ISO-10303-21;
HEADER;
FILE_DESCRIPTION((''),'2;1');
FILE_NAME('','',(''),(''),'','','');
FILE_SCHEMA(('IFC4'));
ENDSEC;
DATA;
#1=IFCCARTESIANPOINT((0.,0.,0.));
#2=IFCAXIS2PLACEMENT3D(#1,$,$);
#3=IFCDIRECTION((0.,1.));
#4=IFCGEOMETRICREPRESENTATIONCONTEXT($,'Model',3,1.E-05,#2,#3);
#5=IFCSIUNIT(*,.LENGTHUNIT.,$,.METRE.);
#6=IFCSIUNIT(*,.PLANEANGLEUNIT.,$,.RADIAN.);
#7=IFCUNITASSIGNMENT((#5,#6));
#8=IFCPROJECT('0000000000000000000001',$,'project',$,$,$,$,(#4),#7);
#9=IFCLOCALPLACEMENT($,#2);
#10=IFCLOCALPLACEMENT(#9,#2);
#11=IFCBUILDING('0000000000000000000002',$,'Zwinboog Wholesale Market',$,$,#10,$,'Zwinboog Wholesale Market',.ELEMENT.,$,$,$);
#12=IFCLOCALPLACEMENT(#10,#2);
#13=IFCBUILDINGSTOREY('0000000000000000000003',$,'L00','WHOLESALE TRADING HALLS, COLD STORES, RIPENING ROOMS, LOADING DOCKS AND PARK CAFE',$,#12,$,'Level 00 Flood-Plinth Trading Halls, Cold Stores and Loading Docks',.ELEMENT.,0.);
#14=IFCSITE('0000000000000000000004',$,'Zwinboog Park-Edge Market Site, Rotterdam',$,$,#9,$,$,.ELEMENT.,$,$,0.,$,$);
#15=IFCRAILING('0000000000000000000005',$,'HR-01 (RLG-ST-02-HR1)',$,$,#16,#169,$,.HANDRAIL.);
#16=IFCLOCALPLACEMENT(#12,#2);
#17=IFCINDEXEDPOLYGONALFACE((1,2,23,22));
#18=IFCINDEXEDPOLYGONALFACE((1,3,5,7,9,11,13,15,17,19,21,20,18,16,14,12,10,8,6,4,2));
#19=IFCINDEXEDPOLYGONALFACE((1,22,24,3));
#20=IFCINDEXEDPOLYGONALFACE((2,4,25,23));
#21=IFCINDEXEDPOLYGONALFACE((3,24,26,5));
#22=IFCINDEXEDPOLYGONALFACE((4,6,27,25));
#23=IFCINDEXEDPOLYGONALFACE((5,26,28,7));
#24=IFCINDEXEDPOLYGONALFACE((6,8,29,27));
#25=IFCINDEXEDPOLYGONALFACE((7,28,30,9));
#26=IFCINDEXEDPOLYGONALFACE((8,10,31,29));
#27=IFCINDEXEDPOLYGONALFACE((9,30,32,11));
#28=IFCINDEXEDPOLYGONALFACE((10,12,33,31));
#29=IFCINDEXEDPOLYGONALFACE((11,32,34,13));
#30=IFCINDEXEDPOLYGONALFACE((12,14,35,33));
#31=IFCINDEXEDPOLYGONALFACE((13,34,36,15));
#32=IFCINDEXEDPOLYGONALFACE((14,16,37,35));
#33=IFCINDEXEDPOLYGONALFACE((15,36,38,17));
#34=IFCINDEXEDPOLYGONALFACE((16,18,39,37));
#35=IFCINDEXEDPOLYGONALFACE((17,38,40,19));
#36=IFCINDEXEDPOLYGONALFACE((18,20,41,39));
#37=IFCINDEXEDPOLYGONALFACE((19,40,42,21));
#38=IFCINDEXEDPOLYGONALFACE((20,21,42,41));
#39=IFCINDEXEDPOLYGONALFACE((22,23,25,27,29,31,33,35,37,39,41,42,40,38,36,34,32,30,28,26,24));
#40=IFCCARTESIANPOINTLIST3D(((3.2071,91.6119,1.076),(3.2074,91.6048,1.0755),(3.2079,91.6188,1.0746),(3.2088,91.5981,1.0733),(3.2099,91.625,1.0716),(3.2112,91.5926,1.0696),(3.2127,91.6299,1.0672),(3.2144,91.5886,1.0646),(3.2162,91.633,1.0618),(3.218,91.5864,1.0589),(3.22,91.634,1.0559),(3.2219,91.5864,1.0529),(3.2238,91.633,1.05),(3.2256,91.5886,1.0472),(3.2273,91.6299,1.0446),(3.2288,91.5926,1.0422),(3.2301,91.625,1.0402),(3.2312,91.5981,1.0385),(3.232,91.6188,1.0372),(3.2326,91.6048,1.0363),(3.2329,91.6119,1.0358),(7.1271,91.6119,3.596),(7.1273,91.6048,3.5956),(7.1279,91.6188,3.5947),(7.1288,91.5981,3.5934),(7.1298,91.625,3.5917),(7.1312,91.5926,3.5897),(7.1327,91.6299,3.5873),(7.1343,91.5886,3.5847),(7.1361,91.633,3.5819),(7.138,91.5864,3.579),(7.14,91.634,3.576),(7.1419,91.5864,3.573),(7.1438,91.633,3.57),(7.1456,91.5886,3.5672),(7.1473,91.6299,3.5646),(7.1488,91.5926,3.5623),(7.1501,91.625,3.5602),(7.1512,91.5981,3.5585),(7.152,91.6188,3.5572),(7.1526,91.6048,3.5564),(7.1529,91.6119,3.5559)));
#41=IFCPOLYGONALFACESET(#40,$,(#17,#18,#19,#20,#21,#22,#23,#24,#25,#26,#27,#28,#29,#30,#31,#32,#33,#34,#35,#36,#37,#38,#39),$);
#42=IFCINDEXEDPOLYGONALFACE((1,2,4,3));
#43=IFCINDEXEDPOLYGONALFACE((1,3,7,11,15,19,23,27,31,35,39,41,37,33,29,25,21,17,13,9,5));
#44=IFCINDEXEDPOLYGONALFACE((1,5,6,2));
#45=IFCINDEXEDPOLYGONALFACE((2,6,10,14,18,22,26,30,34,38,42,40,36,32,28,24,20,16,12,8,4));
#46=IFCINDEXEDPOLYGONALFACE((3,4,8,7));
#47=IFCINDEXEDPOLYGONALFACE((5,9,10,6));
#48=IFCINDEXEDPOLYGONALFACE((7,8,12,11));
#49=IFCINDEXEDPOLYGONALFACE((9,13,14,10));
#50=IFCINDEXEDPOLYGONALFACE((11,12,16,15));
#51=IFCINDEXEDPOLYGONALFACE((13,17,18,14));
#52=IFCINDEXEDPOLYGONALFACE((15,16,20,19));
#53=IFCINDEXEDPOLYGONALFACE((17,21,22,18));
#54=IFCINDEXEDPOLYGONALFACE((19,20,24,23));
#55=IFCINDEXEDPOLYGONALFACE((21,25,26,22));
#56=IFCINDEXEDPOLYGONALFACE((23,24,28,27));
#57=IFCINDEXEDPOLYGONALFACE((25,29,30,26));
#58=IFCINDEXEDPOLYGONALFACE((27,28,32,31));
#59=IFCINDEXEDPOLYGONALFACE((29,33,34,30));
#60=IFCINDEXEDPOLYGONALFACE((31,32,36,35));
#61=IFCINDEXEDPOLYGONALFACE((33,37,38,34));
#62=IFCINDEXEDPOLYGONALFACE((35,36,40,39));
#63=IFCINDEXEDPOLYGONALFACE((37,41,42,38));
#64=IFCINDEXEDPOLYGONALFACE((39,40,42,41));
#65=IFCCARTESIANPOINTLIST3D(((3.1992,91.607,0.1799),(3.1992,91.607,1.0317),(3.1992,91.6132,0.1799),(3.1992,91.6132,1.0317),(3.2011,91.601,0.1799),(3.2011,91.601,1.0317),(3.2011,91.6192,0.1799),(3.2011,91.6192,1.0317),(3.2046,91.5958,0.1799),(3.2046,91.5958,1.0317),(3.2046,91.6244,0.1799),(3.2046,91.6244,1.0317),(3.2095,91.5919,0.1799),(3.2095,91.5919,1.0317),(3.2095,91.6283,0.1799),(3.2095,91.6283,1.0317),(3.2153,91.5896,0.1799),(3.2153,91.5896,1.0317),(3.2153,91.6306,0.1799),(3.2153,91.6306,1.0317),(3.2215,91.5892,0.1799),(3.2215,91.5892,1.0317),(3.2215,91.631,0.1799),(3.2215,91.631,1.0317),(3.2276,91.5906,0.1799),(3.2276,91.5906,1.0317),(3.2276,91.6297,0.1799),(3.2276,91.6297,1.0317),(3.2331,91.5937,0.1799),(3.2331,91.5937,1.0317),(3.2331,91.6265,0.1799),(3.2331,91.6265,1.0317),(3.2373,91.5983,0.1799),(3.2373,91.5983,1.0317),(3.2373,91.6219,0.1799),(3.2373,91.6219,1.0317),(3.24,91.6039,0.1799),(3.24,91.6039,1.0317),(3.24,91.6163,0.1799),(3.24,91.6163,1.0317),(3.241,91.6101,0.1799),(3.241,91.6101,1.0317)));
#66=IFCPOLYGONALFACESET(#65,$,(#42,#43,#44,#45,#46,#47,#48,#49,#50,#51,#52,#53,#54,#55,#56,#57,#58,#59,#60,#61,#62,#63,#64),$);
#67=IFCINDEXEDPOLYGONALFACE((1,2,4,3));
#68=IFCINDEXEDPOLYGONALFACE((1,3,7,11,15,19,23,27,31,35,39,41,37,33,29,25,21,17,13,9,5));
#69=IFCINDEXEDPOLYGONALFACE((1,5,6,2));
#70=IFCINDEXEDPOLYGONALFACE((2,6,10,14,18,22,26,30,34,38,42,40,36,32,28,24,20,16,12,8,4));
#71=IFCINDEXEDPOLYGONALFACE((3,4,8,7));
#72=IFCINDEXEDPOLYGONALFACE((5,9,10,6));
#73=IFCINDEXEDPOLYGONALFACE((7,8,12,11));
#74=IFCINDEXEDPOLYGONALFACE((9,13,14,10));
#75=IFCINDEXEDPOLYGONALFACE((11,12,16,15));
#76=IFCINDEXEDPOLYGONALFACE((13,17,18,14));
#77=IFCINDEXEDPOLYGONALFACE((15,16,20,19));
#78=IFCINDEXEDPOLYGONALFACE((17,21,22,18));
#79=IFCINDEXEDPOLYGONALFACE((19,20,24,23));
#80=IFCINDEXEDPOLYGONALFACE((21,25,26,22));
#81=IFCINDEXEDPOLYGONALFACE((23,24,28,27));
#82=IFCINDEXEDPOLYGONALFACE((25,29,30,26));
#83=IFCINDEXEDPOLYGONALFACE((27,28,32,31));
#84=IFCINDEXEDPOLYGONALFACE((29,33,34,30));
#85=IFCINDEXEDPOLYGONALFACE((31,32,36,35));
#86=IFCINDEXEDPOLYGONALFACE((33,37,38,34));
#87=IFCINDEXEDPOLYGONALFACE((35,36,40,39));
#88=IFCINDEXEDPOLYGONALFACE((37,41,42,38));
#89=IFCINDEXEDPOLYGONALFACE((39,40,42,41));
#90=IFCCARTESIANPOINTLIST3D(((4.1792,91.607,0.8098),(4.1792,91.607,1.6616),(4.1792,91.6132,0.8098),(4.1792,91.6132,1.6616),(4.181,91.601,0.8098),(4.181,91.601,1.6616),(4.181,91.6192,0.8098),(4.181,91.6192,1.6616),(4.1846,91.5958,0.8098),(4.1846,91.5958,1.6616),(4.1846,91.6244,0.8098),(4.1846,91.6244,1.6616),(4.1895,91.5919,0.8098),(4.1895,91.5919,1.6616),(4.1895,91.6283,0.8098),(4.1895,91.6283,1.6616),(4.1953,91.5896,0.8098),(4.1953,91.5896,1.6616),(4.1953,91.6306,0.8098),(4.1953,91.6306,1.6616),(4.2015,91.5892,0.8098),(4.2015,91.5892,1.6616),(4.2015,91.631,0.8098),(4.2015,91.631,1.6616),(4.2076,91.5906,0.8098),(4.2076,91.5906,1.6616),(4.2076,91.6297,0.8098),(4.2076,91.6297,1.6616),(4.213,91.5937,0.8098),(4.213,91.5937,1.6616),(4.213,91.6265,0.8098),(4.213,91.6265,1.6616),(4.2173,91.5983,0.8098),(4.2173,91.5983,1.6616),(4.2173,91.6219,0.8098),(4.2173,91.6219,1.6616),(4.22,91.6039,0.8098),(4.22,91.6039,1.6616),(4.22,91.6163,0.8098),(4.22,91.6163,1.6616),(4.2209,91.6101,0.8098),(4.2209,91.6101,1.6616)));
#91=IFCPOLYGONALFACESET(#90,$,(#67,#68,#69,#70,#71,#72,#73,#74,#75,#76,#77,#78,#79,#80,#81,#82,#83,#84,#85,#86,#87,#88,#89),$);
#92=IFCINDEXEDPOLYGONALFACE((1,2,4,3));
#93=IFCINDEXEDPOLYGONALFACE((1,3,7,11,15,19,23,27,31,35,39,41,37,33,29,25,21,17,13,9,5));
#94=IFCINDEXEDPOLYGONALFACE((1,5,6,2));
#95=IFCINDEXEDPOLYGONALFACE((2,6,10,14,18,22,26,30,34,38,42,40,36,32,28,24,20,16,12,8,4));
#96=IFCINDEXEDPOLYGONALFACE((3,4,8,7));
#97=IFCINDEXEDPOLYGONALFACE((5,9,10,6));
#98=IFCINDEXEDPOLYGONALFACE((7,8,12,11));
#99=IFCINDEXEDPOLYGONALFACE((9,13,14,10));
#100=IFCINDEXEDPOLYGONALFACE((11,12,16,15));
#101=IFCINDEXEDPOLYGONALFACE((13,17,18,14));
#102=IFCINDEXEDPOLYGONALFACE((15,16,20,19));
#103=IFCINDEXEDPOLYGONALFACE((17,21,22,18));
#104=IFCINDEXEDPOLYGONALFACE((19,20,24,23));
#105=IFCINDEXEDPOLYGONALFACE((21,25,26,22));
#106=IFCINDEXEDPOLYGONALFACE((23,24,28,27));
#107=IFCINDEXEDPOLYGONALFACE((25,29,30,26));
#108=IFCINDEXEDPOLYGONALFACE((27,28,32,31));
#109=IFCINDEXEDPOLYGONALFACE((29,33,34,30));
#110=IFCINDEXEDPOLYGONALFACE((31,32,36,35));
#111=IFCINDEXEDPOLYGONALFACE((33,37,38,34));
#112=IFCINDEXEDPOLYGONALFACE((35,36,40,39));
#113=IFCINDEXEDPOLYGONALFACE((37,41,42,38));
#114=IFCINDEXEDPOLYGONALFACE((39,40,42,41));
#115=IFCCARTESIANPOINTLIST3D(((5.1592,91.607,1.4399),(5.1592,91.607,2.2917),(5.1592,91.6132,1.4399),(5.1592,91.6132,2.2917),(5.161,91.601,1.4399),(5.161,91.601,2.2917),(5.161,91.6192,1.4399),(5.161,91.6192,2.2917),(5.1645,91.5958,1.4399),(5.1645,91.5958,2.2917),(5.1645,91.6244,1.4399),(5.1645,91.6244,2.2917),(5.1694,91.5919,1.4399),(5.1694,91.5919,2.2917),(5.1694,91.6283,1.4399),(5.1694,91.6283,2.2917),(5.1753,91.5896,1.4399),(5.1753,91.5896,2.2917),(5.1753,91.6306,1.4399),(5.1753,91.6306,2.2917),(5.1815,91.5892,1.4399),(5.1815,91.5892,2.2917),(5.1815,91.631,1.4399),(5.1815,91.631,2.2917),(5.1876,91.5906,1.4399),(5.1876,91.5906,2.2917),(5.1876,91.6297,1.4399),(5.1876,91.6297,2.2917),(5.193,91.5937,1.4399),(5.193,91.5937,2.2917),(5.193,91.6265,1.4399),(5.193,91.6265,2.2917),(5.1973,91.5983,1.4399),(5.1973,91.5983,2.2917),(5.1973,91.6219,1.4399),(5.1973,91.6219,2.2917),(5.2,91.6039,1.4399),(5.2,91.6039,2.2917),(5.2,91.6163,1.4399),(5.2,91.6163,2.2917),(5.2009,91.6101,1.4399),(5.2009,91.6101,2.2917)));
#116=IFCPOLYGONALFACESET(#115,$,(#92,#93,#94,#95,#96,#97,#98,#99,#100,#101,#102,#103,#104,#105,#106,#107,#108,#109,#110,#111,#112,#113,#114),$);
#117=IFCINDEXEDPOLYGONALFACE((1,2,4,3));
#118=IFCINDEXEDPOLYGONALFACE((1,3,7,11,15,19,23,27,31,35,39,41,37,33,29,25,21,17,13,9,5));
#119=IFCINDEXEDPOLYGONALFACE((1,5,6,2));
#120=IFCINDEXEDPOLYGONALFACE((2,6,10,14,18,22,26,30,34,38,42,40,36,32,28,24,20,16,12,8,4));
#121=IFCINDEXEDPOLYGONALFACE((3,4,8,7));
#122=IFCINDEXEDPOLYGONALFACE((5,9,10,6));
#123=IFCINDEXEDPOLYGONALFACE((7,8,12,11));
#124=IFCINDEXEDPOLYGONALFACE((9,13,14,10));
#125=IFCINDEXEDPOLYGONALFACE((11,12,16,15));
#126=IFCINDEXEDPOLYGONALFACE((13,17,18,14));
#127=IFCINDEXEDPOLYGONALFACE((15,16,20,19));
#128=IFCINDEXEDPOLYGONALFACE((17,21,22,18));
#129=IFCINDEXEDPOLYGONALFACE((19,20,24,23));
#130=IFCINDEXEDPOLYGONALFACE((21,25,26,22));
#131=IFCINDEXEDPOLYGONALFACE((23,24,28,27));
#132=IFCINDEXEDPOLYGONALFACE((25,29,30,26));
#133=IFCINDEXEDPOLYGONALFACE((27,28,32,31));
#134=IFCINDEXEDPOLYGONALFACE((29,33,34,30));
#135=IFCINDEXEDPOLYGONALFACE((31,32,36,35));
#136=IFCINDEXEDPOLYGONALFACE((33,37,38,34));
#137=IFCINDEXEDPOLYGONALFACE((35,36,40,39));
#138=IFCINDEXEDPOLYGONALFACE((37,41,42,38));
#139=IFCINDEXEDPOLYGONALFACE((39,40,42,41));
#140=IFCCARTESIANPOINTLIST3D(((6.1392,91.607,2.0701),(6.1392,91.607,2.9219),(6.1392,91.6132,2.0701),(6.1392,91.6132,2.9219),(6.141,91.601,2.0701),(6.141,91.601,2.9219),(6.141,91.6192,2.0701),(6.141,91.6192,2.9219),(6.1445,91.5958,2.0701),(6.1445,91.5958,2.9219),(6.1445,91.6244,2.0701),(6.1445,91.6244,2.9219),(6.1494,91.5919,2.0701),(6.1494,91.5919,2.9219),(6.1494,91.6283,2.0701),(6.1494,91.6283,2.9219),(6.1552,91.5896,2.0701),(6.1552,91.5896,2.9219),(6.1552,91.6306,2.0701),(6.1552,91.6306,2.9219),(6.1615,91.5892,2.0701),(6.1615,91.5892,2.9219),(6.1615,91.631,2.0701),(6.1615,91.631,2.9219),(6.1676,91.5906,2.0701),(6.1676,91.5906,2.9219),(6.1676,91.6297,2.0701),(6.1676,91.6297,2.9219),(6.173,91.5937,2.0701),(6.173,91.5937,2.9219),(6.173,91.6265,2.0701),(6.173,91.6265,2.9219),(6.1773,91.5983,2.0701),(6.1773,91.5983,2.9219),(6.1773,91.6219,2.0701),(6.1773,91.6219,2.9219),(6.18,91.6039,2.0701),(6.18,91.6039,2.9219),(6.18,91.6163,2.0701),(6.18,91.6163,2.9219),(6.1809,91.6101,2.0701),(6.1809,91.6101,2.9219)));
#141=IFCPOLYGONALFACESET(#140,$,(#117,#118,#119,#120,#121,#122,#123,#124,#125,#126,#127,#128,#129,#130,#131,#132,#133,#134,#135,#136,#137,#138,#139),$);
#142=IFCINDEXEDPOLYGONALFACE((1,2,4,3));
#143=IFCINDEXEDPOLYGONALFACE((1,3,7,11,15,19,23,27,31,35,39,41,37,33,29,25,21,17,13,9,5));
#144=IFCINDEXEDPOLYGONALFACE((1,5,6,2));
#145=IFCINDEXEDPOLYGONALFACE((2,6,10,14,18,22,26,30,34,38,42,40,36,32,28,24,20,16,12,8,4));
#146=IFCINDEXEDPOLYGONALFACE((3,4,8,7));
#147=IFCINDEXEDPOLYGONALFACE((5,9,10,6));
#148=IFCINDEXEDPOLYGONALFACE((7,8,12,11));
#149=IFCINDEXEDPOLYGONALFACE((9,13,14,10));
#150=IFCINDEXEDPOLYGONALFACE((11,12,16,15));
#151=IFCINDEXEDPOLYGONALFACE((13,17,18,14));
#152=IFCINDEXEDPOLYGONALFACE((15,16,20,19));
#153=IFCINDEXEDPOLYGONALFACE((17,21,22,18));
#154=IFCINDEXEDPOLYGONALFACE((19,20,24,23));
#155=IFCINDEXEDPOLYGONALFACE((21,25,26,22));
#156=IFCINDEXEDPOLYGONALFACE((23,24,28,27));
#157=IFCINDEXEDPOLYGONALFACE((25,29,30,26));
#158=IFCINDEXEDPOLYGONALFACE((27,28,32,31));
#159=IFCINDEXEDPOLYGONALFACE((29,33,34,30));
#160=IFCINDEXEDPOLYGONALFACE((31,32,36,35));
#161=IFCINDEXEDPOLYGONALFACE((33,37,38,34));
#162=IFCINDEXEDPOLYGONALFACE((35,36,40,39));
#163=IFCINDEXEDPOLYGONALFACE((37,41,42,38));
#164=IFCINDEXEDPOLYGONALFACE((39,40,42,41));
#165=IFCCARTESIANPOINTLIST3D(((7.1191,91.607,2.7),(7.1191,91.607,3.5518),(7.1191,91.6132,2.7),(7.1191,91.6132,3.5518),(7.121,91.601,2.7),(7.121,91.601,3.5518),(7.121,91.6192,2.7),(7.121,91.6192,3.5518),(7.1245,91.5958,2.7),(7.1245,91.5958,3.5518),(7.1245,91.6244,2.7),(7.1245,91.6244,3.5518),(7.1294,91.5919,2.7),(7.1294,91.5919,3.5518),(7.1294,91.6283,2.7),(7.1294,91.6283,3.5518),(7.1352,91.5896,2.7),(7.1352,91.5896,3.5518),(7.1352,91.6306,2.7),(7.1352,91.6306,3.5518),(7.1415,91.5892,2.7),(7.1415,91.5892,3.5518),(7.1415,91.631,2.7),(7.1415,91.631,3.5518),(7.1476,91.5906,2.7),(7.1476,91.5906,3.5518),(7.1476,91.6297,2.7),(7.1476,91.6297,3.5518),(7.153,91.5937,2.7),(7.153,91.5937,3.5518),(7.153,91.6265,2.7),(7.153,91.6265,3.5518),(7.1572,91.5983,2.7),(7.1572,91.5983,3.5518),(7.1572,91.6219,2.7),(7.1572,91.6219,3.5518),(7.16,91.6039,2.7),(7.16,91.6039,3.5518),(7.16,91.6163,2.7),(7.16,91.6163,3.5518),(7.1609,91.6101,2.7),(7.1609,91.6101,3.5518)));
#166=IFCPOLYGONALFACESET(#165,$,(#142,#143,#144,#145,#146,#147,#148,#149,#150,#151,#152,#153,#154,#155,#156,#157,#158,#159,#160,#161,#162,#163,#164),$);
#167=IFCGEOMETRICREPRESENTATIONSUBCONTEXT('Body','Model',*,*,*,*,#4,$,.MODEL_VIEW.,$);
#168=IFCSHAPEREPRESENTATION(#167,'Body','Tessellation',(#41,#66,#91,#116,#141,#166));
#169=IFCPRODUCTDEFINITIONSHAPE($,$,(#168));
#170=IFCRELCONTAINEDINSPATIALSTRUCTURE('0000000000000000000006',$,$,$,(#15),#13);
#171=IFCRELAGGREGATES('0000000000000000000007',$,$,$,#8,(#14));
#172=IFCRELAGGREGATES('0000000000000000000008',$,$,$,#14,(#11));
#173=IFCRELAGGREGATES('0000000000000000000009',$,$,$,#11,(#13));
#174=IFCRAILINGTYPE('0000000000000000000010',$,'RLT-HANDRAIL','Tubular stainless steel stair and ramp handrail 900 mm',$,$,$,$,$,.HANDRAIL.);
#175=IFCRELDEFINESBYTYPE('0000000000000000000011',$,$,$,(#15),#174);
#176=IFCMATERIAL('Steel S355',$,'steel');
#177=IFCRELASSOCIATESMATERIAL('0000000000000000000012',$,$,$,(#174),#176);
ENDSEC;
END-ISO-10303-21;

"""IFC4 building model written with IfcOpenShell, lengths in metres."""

from ifc_helpers import new_model, si_unit, direction, frame, origin, origin_2d, place, context, subcontext, project, spatial, circle, extrude, material, type_object, element, save


model = new_model("IFC4")

# Units and contexts
model_context = context("Model", 3, precision=1e-05, world=origin(), true_north=direction((0.0, 1.0)))
body_context = subcontext(model_context, "Body", "Model", "MODEL_VIEW")
ifc_project = project(units=[si_unit("LENGTHUNIT", "METRE"), si_unit("PLANEANGLEUNIT", "RADIAN")], contexts=[model_context])

# Site, building, storey
site_placement = place(None, origin())
site = spatial("IfcSite", under=ifc_project, at=site_placement, Name="Zwinboog Park-Edge Market Site, Rotterdam", CompositionType="ELEMENT", RefElevation=0.0)
building_placement = place(site_placement, origin())
building = spatial("IfcBuilding", under=site, at=building_placement, Name="Zwinboog Wholesale Market", LongName="Zwinboog Wholesale Market", CompositionType="ELEMENT")
storey_placement = place(building_placement, origin())
storey = spatial("IfcBuildingStorey", under=building, at=storey_placement, Name="L00", Description="WHOLESALE TRADING HALLS, COLD STORES, RIPENING ROOMS, LOADING DOCKS AND PARK CAFE", LongName="Level 00 Flood-Plinth Trading Halls, Cold Stores and Loading Docks", CompositionType="ELEMENT", Elevation=0.0)

# Railing
ifc_material_1 = material(Name="Steel S355", Category="steel")
railing_type_1 = type_object("IfcRailingType", Name="RLT-HANDRAIL", Description="Tubular stainless steel stair and ramp handrail 900 mm", PredefinedType="HANDRAIL", material=ifc_material_1)
railing_1_placement = place(storey_placement, frame((3.22, 91.6101, 0.1799)))
element("IfcRailing", 1, at=railing_1_placement, inside=storey, type_object=railing_type_1, Name="HR-01 (RLG-ST-02-HR1)", PredefinedType="HANDRAIL", context=body_context, shape_type="SweptSolid", body=[
    extrude(circle(Radius=0.0239, at=origin_2d()), frame((0.0, 0.0, 0.876), z_axis=(0.841172, 0.0, 0.540768), x_axis=(0.0, 1.0, 0.0)), (0.0, 0.0, 1.0), 4.6602),
    extrude(circle(Radius=0.021, at=origin_2d()), origin(), (0.0, 0.0, 1.0), 0.8518),
    extrude(circle(Radius=0.021, at=origin_2d()), frame((0.98, 0.0, 0.6299)), (0.0, 0.0, 1.0), 0.8518),
    extrude(circle(Radius=0.021, at=origin_2d()), frame((1.96, 0.0, 1.26)), (0.0, 0.0, 1.0), 0.8518),
    extrude(circle(Radius=0.021, at=origin_2d()), frame((2.9399, 0.0, 1.8901)), (0.0, 0.0, 1.0), 0.8518),
    extrude(circle(Radius=0.021, at=origin_2d()), frame((3.9199, 0.0, 2.52)), (0.0, 0.0, 1.0), 0.8518),
])

save(model, "model.ifc")
